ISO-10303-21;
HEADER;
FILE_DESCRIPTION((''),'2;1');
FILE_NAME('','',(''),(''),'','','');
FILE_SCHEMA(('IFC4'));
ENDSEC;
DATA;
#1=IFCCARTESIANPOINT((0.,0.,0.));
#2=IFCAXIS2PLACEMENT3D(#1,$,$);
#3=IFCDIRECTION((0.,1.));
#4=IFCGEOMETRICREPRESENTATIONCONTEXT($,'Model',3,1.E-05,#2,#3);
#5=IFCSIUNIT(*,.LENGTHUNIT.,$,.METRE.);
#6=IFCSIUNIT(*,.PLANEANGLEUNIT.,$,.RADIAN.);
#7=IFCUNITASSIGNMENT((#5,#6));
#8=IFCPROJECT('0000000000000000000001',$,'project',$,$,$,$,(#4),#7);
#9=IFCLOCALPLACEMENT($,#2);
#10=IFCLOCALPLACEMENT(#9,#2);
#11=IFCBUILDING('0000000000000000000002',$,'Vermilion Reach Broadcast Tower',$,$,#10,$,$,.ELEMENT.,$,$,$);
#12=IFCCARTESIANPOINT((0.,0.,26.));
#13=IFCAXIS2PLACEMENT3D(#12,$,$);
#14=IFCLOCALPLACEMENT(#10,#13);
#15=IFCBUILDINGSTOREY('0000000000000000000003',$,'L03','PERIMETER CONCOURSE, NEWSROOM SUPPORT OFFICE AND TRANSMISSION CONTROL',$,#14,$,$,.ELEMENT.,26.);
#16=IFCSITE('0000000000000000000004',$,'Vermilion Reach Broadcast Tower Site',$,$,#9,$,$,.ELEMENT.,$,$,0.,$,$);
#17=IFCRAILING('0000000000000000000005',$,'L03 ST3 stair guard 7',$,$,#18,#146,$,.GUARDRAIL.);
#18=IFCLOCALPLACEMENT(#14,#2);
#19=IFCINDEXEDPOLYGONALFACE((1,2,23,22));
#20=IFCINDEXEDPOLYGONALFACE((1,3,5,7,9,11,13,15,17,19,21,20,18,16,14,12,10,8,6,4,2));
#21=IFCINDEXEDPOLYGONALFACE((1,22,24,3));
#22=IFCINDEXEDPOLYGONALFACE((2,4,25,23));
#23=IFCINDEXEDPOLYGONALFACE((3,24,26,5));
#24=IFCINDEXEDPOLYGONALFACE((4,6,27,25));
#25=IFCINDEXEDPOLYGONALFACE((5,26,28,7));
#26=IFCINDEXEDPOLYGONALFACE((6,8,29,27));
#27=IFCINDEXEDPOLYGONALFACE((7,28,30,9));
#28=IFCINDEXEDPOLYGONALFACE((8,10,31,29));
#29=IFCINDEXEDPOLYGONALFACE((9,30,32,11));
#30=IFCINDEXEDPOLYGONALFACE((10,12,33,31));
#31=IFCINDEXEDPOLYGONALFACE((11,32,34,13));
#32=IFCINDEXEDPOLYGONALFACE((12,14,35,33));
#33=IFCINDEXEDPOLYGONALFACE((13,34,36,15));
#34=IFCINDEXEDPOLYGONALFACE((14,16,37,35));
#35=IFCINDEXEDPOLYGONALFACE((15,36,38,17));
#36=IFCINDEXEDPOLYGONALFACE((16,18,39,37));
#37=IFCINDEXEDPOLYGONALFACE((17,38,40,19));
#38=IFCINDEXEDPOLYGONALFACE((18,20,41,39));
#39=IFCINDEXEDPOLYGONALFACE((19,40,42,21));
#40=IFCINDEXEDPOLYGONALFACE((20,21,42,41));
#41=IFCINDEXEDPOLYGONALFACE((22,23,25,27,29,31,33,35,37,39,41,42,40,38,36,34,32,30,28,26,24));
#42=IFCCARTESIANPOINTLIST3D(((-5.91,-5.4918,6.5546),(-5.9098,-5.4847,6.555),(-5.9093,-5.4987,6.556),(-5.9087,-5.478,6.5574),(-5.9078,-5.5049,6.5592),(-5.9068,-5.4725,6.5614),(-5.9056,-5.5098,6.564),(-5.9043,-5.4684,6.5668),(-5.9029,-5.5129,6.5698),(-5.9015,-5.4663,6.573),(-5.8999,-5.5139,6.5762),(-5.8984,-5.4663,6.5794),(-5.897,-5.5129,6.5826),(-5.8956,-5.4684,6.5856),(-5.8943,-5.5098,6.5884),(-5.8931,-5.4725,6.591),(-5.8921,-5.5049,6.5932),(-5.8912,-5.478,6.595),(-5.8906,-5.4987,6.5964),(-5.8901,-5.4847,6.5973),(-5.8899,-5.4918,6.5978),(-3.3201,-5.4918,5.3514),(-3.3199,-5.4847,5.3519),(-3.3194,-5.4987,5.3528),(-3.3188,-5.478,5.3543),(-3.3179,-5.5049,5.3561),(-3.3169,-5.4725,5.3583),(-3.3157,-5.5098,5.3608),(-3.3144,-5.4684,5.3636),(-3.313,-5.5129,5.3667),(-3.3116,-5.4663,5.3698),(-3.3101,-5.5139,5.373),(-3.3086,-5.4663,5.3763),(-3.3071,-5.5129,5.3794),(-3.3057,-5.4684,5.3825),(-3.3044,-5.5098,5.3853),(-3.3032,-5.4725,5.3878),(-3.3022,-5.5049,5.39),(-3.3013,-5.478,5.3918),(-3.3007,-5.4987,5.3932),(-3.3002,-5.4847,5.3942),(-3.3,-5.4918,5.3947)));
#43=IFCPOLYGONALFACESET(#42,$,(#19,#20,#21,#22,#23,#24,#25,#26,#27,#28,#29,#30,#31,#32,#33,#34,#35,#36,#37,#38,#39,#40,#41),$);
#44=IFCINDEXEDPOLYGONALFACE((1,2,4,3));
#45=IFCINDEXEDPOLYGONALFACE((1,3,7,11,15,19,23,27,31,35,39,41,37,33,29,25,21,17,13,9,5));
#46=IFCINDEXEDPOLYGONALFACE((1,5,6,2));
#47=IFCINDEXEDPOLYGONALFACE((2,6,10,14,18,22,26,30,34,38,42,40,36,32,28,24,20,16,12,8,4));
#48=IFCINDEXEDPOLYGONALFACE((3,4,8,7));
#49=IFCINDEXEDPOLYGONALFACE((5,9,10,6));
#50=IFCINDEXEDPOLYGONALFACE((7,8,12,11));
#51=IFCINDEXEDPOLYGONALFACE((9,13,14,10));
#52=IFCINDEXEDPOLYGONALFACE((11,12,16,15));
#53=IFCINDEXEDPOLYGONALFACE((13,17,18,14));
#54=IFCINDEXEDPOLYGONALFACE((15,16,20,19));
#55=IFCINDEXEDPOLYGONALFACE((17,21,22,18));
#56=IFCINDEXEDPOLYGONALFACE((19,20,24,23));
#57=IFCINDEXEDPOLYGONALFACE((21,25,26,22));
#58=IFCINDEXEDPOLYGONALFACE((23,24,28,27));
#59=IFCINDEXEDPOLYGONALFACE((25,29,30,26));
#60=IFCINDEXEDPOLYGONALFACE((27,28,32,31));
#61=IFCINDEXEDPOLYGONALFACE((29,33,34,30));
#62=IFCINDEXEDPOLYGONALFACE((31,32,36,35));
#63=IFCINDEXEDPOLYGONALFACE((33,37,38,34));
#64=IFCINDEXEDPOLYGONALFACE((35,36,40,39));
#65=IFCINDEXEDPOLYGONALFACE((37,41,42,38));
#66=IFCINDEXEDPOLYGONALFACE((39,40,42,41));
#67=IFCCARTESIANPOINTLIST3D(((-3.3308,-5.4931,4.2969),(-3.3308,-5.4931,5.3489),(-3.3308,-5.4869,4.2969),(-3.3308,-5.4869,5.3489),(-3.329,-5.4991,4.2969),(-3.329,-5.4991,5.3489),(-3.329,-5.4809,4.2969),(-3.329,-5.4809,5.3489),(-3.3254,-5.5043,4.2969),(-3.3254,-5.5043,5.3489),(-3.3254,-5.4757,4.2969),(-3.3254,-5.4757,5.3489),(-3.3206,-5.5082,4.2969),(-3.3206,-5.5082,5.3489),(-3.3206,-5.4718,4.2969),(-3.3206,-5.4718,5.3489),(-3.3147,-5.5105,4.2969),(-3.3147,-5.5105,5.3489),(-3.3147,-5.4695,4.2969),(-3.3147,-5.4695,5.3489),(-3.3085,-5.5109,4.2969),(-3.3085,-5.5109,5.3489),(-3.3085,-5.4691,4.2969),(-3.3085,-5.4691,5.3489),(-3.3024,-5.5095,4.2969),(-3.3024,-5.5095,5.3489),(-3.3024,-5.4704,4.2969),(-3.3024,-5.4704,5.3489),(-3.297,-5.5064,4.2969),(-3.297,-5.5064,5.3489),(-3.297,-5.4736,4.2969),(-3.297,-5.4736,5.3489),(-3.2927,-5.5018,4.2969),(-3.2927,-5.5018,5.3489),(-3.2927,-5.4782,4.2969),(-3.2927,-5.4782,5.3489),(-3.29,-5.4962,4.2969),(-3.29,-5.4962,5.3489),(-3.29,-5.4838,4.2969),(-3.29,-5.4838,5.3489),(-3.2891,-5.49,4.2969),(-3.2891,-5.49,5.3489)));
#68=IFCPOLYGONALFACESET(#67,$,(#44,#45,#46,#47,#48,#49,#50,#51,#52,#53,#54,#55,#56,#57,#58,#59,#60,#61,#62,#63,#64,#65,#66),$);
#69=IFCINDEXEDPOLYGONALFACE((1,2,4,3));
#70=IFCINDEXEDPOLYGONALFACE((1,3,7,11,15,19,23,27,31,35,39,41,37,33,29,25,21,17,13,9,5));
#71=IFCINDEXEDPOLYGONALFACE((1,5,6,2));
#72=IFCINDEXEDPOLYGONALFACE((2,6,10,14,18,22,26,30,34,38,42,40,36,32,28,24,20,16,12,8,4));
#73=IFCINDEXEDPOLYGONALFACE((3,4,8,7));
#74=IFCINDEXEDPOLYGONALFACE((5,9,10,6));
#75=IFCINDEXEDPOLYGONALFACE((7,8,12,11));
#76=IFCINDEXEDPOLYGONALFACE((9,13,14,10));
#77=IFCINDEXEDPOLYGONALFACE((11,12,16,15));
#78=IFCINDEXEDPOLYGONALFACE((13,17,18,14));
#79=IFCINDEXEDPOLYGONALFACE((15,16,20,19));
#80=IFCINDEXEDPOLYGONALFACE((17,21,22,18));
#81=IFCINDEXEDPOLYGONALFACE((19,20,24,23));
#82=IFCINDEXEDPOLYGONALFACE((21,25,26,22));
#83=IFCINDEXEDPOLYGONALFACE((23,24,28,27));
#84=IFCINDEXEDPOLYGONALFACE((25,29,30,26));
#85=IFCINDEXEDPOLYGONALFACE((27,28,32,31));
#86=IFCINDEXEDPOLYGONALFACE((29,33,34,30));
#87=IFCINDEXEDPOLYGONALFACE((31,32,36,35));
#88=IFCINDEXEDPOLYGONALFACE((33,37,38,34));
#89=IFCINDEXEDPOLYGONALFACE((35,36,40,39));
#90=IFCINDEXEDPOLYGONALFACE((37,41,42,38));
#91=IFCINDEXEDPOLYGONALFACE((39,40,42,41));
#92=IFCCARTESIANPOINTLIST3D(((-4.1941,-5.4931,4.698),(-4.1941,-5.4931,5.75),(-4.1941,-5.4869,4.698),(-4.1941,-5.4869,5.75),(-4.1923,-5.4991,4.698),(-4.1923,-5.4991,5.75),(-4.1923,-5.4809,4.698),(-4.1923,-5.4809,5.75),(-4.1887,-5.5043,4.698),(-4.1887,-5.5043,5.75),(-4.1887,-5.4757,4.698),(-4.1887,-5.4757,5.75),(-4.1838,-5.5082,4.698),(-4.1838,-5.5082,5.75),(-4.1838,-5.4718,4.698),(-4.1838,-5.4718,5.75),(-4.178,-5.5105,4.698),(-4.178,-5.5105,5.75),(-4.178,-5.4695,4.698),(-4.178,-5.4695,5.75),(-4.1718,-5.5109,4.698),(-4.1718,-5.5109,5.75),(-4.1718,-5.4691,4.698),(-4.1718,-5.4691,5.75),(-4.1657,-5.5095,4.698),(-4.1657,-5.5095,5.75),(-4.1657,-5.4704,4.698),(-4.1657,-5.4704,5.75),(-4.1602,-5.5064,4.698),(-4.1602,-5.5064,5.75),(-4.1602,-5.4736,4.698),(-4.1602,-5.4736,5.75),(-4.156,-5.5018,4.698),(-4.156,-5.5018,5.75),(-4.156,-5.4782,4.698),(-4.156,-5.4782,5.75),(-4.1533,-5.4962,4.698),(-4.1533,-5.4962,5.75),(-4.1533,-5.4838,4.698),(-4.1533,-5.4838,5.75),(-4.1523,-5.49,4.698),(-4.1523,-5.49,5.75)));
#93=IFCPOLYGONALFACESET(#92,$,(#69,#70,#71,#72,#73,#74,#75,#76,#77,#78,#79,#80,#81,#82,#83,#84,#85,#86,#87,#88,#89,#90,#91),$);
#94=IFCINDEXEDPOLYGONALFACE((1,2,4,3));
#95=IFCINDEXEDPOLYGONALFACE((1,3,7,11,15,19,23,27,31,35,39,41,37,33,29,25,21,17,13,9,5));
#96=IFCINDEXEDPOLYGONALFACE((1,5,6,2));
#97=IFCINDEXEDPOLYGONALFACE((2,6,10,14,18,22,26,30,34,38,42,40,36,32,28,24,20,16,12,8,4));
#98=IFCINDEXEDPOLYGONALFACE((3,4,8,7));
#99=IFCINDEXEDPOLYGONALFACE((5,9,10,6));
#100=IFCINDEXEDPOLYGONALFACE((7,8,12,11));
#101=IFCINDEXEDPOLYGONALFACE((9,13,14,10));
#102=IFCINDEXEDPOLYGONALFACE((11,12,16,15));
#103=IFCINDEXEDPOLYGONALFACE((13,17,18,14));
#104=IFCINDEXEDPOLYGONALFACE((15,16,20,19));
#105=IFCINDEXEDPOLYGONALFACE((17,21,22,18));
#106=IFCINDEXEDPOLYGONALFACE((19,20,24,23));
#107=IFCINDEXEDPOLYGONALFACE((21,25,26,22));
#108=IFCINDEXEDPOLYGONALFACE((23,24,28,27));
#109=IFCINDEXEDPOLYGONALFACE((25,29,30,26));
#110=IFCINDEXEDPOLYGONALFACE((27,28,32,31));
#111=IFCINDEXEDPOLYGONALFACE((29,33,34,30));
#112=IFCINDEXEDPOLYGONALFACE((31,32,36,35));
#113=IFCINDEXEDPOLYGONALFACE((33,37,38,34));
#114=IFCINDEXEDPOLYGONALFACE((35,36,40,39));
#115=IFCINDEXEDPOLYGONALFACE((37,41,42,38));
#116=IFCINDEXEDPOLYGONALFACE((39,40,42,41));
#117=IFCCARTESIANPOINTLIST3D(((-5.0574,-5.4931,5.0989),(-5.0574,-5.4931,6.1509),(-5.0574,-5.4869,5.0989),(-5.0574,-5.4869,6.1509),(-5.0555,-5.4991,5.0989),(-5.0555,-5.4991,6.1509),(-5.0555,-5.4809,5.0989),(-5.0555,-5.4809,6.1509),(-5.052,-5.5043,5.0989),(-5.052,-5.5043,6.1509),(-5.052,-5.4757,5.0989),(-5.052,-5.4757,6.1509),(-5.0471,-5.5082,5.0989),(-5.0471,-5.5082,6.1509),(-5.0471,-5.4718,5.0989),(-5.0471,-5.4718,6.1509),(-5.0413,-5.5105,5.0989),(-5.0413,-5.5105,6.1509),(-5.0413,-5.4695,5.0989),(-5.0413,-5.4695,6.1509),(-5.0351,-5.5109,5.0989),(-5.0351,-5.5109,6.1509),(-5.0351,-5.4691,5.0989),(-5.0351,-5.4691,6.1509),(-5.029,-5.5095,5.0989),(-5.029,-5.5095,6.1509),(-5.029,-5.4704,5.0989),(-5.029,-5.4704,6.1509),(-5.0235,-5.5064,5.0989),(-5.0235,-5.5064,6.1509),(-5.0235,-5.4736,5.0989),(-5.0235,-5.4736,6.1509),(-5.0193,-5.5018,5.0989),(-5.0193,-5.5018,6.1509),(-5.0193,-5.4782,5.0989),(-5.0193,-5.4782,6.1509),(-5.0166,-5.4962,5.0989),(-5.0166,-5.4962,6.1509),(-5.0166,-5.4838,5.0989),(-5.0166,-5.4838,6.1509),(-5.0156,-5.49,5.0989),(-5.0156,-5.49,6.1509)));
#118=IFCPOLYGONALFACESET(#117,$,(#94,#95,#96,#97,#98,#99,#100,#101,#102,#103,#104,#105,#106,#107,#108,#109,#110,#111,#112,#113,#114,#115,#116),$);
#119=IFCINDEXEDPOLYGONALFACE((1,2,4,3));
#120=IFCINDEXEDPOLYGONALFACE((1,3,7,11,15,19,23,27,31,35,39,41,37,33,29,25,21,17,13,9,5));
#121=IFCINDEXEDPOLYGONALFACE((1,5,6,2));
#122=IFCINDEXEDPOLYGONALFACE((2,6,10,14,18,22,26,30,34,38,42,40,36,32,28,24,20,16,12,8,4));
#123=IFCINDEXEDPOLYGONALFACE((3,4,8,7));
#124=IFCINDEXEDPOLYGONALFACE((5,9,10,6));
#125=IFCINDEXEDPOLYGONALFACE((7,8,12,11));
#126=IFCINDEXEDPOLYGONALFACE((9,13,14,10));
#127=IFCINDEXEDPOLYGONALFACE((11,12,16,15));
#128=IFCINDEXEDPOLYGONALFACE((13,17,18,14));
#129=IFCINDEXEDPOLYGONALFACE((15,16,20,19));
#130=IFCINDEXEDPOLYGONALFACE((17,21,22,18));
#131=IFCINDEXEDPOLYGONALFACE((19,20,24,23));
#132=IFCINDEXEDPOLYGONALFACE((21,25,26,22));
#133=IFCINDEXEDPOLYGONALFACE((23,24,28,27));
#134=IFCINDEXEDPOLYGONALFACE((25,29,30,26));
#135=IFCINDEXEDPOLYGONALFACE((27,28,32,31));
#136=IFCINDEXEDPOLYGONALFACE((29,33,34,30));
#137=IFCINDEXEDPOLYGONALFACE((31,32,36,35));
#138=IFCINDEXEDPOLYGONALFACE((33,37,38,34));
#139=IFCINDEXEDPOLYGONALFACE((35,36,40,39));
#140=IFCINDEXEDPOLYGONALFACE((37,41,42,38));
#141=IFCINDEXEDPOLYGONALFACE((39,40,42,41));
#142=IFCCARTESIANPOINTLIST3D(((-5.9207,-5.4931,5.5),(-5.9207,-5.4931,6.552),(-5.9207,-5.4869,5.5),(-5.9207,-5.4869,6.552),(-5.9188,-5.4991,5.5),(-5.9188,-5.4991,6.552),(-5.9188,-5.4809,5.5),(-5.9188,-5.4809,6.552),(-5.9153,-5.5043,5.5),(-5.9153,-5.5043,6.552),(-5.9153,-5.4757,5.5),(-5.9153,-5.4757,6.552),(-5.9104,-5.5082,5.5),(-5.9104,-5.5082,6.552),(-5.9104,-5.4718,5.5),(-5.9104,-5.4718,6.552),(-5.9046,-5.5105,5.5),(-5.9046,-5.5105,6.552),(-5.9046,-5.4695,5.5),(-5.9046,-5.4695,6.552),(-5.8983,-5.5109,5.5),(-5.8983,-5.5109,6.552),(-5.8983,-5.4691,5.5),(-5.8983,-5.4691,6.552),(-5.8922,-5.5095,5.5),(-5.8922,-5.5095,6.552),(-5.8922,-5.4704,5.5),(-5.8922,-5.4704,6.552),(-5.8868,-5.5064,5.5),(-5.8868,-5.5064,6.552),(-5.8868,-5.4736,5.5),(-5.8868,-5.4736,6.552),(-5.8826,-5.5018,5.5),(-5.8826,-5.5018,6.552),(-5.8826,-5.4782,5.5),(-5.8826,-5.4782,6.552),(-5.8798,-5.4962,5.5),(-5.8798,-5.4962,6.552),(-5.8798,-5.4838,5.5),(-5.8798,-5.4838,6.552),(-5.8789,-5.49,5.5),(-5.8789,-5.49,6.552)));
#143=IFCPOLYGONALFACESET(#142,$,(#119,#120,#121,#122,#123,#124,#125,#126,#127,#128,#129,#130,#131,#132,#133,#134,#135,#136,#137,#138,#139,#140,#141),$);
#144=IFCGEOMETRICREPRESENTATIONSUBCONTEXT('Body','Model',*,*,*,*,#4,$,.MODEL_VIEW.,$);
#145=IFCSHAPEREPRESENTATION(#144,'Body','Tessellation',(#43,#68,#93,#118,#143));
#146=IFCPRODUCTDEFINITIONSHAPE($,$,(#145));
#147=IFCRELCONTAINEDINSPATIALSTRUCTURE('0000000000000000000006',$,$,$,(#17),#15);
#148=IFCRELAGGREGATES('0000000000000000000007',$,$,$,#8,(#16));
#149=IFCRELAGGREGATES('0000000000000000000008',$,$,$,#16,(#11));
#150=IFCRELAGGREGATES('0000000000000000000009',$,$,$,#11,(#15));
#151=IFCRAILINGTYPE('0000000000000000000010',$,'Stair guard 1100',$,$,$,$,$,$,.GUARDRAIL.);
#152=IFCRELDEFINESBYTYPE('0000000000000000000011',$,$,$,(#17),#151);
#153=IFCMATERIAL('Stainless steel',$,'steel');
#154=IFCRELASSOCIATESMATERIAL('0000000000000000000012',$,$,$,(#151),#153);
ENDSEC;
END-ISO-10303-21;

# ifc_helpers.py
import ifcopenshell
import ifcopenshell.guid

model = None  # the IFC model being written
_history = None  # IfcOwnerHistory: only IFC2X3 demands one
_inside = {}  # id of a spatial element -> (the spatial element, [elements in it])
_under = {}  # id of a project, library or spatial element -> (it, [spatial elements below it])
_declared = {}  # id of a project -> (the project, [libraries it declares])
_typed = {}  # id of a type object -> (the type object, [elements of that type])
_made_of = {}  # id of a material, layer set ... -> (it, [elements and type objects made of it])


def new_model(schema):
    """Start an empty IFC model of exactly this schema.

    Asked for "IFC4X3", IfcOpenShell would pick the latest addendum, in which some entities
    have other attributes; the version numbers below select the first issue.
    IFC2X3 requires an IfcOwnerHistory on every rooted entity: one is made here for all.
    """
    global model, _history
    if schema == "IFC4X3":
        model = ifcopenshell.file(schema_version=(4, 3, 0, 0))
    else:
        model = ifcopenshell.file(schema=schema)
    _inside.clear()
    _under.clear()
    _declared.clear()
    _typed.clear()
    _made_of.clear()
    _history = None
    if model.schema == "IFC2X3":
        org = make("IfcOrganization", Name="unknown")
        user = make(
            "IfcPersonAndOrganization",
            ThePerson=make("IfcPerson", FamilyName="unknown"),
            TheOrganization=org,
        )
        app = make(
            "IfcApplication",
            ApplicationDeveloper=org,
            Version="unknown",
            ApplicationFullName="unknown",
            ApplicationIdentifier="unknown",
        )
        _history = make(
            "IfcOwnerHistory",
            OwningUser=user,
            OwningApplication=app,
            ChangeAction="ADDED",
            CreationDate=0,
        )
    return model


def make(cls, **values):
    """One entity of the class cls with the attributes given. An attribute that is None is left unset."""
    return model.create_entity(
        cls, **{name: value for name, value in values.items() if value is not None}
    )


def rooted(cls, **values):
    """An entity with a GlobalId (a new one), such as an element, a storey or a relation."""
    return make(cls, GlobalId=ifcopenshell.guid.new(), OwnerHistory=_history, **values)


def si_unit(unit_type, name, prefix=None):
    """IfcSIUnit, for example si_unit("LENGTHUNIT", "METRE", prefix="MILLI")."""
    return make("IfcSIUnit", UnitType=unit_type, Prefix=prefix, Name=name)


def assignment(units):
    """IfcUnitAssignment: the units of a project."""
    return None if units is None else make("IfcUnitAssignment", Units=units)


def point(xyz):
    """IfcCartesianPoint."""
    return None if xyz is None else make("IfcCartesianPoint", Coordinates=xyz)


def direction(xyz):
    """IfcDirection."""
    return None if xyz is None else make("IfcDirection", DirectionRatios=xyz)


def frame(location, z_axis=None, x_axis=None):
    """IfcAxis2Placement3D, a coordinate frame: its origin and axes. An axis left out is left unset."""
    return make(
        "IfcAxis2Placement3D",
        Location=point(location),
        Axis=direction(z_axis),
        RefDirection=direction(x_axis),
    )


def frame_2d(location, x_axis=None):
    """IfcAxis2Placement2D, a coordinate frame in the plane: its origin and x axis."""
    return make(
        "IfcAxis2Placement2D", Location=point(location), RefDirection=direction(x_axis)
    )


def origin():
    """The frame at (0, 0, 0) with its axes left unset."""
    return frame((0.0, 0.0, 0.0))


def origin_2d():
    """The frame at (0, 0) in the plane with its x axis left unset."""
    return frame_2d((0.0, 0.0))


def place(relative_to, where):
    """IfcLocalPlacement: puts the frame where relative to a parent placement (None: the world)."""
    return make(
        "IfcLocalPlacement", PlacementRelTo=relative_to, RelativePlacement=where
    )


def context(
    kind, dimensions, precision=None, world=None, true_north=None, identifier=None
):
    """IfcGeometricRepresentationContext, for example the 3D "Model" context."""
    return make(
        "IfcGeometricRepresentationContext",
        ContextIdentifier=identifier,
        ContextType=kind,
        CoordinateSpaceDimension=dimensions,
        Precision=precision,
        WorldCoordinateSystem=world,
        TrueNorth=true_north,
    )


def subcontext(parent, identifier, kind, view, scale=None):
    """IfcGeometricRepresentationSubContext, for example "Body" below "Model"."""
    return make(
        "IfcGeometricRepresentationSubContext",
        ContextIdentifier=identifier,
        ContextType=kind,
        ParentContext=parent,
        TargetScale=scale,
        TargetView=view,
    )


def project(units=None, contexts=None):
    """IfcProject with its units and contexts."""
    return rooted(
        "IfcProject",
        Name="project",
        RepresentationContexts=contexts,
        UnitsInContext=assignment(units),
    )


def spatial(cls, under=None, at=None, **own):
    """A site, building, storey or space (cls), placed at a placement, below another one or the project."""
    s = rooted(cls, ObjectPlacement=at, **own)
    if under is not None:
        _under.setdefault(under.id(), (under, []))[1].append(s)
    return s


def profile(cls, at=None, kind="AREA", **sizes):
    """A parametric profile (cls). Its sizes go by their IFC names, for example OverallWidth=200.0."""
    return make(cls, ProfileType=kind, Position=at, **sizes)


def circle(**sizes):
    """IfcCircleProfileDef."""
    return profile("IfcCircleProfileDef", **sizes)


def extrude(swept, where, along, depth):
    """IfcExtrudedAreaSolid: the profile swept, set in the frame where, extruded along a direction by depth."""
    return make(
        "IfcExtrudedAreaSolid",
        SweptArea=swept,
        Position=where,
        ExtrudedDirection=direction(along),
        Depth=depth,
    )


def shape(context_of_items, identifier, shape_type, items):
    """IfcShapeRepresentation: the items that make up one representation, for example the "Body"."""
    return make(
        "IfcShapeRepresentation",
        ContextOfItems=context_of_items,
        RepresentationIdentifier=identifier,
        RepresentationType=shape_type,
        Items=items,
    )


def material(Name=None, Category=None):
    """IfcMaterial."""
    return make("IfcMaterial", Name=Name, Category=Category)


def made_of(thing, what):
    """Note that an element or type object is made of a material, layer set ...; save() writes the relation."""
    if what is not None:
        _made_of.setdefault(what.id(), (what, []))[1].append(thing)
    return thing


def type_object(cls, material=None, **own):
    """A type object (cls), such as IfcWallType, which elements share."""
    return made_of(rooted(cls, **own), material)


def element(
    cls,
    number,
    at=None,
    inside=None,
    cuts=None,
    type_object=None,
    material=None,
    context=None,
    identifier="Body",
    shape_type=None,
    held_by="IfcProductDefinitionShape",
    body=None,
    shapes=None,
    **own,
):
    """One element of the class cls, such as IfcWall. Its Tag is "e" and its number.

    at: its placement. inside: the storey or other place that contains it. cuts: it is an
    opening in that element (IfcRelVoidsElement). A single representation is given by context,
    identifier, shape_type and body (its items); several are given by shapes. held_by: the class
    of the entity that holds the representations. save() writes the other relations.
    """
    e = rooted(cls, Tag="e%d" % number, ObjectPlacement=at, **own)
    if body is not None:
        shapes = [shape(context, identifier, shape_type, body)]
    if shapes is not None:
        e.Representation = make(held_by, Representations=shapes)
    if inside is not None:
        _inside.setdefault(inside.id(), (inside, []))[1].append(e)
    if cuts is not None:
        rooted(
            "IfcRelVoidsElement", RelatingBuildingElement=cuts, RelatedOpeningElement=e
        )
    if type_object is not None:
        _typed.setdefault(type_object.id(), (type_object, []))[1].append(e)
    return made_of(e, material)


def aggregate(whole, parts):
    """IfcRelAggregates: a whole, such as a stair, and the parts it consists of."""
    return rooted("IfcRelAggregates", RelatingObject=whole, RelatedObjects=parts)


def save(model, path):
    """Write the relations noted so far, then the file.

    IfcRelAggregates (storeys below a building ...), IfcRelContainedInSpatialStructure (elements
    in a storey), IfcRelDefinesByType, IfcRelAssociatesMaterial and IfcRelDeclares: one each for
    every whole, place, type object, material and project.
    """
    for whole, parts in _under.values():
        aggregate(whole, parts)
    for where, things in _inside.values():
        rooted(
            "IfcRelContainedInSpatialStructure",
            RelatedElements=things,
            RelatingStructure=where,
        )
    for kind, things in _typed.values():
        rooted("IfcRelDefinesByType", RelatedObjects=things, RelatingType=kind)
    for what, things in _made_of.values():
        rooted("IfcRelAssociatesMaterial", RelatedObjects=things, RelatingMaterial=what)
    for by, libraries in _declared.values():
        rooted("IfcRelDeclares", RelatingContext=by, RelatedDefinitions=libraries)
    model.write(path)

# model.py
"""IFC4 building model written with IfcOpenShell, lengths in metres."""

from ifc_helpers import new_model, si_unit, direction, frame, origin, origin_2d, place, context, subcontext, project, spatial, circle, extrude, material, type_object, element, save


model = new_model("IFC4")

# Units and contexts
model_context = context("Model", 3, precision=1e-05, world=origin(), true_north=direction((0.0, 1.0)))
body_context = subcontext(model_context, "Body", "Model", "MODEL_VIEW")
ifc_project = project(units=[si_unit("LENGTHUNIT", "METRE"), si_unit("PLANEANGLEUNIT", "RADIAN")], contexts=[model_context])

# Site, building, storey
site_placement = place(None, origin())
site = spatial("IfcSite", under=ifc_project, at=site_placement, Name="Vermilion Reach Broadcast Tower Site", CompositionType="ELEMENT", RefElevation=0.0)
building_placement = place(site_placement, origin())
building = spatial("IfcBuilding", under=site, at=building_placement, Name="Vermilion Reach Broadcast Tower", CompositionType="ELEMENT")
storey_placement = place(building_placement, frame((0.0, 0.0, 26.0)))
storey = spatial("IfcBuildingStorey", under=building, at=storey_placement, Name="L03", Description="PERIMETER CONCOURSE, NEWSROOM SUPPORT OFFICE AND TRANSMISSION CONTROL", CompositionType="ELEMENT", Elevation=26.0)

# Railing
ifc_material_1 = material(Name="Stainless steel", Category="steel")
railing_type_1 = type_object("IfcRailingType", Name="Stair guard 1100", PredefinedType="GUARDRAIL", material=ifc_material_1)
railing_1_placement = place(storey_placement, frame((-3.3101, -5.49, 4.2969)))
element("IfcRailing", 1, at=railing_1_placement, inside=storey, type_object=railing_type_1, Name="L03 ST3 stair guard 7", PredefinedType="GUARDRAIL", context=body_context, shape_type="SweptSolid", body=[
    extrude(circle(Radius=0.0239, at=origin_2d()), frame((0.0, 0.0, 1.0762), z_axis=(-0.906916, 0.0, 0.421312), x_axis=(0.0, -1.0, 0.0)), (0.0, 0.0, 1.0), 2.8557),
    extrude(circle(Radius=0.021, at=origin_2d()), origin(), (0.0, 0.0, 1.0), 1.052),
    extrude(circle(Radius=0.021, at=origin_2d()), frame((-0.8633, 0.0, 0.4011)), (0.0, 0.0, 1.0), 1.052),
    extrude(circle(Radius=0.021, at=origin_2d()), frame((-1.7266, 0.0, 0.802)), (0.0, 0.0, 1.0), 1.052),
    extrude(circle(Radius=0.021, at=origin_2d()), frame((-2.5898, 0.0, 1.2031)), (0.0, 0.0, 1.0), 1.052),
])

save(model, "model.ifc")
